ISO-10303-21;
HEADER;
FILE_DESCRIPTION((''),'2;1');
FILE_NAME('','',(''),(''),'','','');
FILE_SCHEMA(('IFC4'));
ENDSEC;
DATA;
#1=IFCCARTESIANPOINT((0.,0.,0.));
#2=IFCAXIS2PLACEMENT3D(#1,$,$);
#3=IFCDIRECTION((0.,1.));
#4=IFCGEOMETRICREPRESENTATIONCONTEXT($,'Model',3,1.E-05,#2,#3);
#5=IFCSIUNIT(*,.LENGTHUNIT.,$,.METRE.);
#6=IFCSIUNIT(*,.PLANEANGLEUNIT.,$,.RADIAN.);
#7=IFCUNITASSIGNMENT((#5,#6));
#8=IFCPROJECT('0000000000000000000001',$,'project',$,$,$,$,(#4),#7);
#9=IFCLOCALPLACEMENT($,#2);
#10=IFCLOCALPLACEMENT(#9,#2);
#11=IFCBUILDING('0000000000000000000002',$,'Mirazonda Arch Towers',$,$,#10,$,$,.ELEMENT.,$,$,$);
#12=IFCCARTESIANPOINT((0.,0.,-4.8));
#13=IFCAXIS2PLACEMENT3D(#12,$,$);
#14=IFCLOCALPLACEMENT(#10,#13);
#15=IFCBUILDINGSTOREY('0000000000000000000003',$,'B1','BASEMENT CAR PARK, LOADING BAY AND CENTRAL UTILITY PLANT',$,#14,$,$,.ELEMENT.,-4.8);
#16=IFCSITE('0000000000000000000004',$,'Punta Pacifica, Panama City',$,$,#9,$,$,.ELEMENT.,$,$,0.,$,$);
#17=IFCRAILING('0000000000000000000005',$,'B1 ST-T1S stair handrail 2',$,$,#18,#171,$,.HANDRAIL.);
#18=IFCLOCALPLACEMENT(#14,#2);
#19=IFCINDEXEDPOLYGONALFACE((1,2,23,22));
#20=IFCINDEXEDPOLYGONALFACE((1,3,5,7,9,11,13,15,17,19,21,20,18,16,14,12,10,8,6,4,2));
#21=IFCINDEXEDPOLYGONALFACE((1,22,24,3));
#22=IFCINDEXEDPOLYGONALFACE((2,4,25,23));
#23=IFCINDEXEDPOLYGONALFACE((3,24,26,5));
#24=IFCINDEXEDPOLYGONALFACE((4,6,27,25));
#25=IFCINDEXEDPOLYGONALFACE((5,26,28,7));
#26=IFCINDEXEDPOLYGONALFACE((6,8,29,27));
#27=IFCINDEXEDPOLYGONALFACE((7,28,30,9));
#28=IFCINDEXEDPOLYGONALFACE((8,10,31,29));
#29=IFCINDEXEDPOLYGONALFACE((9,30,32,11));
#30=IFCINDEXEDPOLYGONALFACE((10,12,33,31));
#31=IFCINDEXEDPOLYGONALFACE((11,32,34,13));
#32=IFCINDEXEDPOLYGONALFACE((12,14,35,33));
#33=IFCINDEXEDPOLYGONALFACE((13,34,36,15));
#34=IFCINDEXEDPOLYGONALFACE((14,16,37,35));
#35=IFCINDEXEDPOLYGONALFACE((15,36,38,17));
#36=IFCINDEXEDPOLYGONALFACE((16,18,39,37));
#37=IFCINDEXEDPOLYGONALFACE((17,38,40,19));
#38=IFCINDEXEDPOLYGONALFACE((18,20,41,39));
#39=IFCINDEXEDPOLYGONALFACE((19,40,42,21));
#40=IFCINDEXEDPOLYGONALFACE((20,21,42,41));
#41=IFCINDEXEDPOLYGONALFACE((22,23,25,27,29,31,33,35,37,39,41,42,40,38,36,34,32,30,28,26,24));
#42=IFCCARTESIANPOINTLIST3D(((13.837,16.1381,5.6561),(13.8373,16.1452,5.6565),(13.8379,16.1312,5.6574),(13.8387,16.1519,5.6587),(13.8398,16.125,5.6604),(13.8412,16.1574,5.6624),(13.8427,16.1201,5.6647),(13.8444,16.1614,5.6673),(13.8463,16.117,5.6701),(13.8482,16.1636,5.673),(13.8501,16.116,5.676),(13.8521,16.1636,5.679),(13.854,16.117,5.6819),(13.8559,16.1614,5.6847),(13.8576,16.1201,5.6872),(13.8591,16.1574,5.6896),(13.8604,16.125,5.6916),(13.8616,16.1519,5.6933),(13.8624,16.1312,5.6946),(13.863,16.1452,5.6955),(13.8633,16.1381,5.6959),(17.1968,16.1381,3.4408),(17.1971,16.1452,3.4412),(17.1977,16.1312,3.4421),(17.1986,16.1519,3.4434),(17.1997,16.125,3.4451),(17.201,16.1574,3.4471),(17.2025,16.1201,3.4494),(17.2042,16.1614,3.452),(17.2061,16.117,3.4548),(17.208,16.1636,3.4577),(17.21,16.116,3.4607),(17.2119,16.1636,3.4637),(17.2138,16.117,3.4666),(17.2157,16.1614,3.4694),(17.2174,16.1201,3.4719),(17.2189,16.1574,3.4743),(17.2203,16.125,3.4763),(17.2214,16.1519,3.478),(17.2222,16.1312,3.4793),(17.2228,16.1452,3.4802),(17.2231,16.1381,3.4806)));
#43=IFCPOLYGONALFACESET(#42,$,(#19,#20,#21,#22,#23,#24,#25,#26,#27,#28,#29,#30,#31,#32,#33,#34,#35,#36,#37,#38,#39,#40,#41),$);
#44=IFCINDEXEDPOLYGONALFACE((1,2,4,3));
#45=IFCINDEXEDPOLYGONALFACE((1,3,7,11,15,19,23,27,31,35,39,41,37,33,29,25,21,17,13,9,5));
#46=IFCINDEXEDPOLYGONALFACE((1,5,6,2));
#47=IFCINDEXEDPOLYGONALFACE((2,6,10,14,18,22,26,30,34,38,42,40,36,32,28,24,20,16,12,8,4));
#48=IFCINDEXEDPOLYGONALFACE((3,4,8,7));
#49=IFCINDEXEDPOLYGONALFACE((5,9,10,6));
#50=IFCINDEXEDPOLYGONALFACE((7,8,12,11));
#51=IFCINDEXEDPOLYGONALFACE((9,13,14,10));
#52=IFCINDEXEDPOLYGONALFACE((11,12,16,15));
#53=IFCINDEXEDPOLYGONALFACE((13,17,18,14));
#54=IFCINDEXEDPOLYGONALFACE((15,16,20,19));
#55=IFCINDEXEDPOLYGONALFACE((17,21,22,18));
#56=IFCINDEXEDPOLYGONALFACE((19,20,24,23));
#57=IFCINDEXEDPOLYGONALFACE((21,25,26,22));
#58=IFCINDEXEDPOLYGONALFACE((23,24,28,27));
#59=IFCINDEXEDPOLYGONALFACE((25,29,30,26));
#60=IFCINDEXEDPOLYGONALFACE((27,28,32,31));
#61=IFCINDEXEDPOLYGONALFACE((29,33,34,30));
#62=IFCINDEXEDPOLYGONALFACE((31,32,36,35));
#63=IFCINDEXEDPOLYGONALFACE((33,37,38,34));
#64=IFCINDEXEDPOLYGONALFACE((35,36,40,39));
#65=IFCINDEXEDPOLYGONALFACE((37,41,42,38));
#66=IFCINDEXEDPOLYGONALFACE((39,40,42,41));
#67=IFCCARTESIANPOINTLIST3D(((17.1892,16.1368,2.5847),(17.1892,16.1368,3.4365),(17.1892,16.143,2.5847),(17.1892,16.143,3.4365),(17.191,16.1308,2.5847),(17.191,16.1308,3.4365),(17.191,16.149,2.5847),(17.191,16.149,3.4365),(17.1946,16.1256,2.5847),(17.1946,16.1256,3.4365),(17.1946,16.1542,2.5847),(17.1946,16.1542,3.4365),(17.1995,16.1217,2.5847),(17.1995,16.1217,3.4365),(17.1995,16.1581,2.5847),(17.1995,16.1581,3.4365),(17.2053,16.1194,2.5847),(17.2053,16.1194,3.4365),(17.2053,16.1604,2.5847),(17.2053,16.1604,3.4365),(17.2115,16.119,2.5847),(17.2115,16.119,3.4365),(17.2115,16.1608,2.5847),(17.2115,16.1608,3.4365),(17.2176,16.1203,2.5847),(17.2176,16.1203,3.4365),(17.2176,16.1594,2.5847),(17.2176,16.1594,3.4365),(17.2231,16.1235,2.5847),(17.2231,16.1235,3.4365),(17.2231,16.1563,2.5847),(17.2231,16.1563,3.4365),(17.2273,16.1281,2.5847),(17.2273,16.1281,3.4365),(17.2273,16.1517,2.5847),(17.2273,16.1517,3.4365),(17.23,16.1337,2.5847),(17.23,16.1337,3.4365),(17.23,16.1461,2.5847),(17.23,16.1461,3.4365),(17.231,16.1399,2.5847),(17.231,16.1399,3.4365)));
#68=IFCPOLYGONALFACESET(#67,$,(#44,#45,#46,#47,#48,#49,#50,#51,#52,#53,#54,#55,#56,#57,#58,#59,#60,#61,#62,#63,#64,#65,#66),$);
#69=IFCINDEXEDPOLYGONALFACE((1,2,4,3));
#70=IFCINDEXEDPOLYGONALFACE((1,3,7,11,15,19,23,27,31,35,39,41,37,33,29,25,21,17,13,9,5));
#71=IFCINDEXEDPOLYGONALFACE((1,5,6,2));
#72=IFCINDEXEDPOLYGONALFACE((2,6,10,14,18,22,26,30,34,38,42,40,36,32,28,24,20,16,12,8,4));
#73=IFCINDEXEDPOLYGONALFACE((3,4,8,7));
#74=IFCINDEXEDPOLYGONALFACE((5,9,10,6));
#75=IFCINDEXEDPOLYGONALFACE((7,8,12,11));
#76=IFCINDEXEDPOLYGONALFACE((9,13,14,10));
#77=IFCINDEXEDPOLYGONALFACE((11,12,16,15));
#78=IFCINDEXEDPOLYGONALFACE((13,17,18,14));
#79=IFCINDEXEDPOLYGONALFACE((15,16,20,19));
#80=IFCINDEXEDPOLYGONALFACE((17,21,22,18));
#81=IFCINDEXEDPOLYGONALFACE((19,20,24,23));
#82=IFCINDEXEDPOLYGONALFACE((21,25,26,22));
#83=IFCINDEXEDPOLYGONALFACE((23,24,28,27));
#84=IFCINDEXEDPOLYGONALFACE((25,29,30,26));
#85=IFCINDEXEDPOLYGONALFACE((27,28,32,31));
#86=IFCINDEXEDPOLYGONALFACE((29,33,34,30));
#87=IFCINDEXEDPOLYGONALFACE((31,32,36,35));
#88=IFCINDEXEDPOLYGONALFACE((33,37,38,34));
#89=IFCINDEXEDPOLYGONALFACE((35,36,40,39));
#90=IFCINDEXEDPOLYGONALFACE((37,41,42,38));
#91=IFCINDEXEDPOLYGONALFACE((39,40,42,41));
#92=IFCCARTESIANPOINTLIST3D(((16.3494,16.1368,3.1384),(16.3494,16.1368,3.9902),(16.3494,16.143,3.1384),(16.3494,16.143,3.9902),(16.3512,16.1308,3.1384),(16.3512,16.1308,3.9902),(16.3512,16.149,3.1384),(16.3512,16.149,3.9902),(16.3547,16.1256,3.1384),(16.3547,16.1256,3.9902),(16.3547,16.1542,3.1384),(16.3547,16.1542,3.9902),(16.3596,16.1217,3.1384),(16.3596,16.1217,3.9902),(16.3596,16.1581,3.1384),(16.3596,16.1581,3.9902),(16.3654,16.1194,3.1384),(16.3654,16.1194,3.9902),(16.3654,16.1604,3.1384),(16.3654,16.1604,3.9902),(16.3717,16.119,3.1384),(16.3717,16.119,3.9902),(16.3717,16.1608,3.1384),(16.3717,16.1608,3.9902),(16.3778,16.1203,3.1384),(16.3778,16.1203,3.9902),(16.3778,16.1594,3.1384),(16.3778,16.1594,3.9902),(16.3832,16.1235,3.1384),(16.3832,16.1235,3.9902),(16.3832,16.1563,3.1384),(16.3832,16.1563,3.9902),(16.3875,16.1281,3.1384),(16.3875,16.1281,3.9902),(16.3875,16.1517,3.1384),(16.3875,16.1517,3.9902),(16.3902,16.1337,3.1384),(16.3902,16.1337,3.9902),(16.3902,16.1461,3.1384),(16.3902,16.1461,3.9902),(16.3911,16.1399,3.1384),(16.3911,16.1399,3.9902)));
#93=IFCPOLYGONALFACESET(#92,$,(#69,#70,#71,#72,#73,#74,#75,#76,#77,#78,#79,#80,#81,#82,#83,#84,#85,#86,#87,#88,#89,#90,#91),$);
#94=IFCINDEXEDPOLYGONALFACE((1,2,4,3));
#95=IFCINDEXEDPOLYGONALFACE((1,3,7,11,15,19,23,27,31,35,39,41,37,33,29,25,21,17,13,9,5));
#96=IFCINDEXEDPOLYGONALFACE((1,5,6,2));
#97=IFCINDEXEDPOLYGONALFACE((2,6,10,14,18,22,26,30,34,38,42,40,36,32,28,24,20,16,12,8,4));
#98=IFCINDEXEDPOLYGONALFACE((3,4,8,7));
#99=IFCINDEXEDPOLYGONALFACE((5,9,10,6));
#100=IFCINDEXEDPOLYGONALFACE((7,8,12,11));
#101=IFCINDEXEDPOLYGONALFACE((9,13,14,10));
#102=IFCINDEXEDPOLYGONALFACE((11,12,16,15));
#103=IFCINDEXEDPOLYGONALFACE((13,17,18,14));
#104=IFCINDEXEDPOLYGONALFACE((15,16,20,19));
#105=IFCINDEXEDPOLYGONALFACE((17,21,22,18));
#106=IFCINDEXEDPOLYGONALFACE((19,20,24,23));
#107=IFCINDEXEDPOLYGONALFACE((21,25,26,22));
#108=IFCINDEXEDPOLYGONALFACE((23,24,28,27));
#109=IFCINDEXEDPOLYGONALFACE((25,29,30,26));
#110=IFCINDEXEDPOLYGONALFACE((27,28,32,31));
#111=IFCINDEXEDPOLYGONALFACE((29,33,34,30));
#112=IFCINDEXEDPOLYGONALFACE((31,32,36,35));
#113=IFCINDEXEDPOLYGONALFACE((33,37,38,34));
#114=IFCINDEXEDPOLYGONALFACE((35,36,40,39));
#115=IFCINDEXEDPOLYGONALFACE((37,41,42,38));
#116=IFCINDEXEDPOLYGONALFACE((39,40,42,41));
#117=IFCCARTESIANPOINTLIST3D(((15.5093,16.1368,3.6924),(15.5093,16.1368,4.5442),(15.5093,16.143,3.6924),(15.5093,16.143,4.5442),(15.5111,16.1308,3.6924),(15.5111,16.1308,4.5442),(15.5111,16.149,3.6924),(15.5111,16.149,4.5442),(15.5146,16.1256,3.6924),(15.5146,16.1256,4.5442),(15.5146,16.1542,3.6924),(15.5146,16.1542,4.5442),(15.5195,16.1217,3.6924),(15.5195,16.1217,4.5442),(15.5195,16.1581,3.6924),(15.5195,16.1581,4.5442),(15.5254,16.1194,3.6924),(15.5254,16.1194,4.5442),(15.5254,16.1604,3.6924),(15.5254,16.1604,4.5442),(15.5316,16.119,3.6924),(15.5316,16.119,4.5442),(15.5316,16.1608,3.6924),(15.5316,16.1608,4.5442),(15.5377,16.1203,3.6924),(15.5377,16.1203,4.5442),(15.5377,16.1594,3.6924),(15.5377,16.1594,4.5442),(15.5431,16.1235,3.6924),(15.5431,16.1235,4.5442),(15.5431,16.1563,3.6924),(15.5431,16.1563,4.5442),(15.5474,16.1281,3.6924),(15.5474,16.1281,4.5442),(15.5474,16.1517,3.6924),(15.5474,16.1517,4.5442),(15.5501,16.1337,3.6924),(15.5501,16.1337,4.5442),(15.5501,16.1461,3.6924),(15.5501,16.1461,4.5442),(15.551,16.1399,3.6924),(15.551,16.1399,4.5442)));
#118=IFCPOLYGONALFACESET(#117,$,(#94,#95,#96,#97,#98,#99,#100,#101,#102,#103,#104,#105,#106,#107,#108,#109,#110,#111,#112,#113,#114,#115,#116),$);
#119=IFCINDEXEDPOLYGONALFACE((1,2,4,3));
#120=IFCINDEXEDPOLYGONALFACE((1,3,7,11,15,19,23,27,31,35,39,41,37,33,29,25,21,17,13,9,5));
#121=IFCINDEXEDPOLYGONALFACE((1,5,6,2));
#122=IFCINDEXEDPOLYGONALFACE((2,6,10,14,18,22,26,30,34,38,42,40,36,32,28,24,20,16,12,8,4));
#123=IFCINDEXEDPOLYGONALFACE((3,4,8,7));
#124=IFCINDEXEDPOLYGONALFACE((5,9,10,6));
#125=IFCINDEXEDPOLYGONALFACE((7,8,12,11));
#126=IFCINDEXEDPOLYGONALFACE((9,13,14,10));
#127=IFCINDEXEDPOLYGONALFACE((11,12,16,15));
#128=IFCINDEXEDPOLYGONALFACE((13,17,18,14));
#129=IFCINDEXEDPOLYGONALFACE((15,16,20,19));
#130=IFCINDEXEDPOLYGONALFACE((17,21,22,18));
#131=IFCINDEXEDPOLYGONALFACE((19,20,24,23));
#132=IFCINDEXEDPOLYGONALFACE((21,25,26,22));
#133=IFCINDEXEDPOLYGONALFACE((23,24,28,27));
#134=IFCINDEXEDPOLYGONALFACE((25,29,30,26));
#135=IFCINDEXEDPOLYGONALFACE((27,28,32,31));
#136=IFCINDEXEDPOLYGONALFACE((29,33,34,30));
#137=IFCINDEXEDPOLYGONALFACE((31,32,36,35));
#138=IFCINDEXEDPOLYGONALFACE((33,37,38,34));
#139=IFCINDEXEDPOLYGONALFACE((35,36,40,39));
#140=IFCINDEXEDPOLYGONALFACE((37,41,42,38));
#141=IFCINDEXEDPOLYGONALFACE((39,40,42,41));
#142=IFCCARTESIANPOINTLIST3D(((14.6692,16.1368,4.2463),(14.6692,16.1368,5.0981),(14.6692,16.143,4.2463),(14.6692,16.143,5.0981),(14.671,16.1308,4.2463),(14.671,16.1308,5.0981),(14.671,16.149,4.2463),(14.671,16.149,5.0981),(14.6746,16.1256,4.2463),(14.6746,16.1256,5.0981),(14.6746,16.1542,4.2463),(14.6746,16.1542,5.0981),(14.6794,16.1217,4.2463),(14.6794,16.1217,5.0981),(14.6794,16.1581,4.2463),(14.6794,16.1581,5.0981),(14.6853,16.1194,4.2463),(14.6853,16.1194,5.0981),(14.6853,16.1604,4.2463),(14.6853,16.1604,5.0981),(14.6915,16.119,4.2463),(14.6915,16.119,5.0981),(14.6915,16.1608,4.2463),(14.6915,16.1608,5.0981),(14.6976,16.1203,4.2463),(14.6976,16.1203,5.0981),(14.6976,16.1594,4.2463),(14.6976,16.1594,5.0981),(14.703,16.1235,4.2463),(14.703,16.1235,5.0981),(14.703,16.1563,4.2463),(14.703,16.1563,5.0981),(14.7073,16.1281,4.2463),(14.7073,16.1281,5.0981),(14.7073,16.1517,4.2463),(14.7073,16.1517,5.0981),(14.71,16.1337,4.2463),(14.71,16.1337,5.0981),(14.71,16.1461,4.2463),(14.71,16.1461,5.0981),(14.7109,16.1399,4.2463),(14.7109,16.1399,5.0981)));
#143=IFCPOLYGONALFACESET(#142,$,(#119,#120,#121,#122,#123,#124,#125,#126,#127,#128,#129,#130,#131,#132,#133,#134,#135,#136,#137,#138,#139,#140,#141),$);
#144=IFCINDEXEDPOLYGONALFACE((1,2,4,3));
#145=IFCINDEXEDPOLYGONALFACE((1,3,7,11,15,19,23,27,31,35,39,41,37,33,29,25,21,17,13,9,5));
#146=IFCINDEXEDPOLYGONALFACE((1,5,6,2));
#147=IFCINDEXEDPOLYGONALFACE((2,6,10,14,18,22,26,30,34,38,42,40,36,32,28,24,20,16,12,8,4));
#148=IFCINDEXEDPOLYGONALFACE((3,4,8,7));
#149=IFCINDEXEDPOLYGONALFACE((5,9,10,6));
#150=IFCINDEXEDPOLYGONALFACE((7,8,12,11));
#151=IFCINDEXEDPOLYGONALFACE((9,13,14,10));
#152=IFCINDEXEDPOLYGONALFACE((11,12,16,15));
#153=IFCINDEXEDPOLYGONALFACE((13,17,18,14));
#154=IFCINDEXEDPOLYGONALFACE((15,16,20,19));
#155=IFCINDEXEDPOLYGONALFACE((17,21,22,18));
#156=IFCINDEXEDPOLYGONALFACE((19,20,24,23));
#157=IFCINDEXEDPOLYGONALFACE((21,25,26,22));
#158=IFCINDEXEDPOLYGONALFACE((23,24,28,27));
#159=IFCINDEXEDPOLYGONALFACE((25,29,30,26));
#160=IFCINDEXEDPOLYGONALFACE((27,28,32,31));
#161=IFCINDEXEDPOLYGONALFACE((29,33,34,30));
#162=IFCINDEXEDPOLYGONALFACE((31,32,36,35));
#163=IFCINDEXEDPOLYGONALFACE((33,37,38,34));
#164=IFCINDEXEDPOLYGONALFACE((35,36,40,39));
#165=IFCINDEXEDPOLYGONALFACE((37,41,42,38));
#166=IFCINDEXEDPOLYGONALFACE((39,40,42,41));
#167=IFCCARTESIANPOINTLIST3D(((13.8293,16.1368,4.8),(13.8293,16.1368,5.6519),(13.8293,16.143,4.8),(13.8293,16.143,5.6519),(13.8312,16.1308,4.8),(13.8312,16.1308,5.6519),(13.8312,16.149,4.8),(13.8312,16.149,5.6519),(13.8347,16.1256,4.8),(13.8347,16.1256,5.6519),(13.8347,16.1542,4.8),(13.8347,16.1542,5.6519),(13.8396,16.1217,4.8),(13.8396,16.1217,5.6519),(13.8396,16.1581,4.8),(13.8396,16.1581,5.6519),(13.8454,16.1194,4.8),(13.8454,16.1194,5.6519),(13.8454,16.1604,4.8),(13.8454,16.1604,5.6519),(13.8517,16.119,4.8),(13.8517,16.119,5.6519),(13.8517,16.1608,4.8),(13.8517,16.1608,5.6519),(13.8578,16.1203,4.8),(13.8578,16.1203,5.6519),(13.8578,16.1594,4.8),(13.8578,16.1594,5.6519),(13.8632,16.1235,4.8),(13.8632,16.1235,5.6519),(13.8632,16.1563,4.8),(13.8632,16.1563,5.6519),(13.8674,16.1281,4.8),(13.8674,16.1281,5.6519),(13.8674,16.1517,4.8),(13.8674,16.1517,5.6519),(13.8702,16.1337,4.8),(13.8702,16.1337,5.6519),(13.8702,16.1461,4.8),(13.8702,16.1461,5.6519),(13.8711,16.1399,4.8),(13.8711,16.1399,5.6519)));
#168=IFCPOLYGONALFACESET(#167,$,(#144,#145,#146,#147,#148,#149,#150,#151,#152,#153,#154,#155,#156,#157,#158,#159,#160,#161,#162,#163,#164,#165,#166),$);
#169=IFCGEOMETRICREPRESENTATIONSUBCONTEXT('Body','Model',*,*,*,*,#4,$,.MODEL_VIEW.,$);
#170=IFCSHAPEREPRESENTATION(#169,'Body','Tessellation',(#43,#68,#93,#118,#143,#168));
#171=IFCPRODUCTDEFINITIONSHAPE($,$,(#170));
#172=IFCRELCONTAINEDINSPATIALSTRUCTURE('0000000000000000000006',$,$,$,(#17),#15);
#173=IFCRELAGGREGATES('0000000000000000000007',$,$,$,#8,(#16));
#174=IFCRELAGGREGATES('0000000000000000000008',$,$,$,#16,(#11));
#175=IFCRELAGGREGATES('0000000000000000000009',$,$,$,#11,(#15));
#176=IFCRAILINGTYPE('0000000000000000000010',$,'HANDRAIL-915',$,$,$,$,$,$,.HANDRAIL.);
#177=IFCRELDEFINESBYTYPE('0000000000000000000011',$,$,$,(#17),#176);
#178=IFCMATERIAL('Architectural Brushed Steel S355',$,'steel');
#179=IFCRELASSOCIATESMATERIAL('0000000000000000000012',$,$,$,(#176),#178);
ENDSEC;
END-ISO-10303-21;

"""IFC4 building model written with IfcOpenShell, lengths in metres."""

from ifc_helpers import new_model, si_unit, direction, frame, origin, origin_2d, place, context, subcontext, project, spatial, circle, extrude, material, type_object, element, save


model = new_model("IFC4")

# Units and contexts
model_context = context("Model", 3, precision=1e-05, world=origin(), true_north=direction((0.0, 1.0)))
body_context = subcontext(model_context, "Body", "Model", "MODEL_VIEW")
ifc_project = project(units=[si_unit("LENGTHUNIT", "METRE"), si_unit("PLANEANGLEUNIT", "RADIAN")], contexts=[model_context])

# Site, building, storey
site_placement = place(None, origin())
site = spatial("IfcSite", under=ifc_project, at=site_placement, Name="Punta Pacifica, Panama City", CompositionType="ELEMENT", RefElevation=0.0)
building_placement = place(site_placement, origin())
building = spatial("IfcBuilding", under=site, at=building_placement, Name="Mirazonda Arch Towers", CompositionType="ELEMENT")
storey_placement = place(building_placement, frame((0.0, 0.0, -4.8)))
storey = spatial("IfcBuildingStorey", under=building, at=storey_placement, Name="B1", Description="BASEMENT CAR PARK, LOADING BAY AND CENTRAL UTILITY PLANT", CompositionType="ELEMENT", Elevation=-4.8)

# Shared definitions
ifc_material_1 = material(Name="Architectural Brushed Steel S355", Category="steel")

# Railing
railing_type_1 = type_object("IfcRailingType", Name="HANDRAIL-915", PredefinedType="HANDRAIL", material=ifc_material_1)
railing_1_placement = place(storey_placement, frame((17.21, 16.1399, 2.5847)))
element("IfcRailing", 1, at=railing_1_placement, inside=storey, type_object=railing_type_1, Name="B1 ST-T1S stair handrail 2", PredefinedType="HANDRAIL", context=body_context, shape_type="SweptSolid", body=[
    extrude(circle(Radius=0.0239, at=origin_2d()), frame((0.0, 0.0, 0.876), z_axis=(-0.834858, 0.0, 0.550465), x_axis=(0.0, -1.0, 0.0)), (0.0, 0.0, 1.0), 4.0244),
    extrude(circle(Radius=0.021, at=origin_2d()), origin(), (0.0, 0.0, 1.0), 0.8518),
    extrude(circle(Radius=0.021, at=origin_2d()), frame((-0.8398, 0.0, 0.5537)), (0.0, 0.0, 1.0), 0.8518),
    extrude(circle(Radius=0.021, at=origin_2d()), frame((-1.6799, 0.0, 1.1077)), (0.0, 0.0, 1.0), 0.8518),
    extrude(circle(Radius=0.021, at=origin_2d()), frame((-2.52, 0.0, 1.6616)), (0.0, 0.0, 1.0), 0.8518),
    extrude(circle(Radius=0.021, at=origin_2d()), frame((-3.3599, 0.0, 2.2153)), (0.0, 0.0, 1.0), 0.8518),
])

save(model, "model.ifc")
